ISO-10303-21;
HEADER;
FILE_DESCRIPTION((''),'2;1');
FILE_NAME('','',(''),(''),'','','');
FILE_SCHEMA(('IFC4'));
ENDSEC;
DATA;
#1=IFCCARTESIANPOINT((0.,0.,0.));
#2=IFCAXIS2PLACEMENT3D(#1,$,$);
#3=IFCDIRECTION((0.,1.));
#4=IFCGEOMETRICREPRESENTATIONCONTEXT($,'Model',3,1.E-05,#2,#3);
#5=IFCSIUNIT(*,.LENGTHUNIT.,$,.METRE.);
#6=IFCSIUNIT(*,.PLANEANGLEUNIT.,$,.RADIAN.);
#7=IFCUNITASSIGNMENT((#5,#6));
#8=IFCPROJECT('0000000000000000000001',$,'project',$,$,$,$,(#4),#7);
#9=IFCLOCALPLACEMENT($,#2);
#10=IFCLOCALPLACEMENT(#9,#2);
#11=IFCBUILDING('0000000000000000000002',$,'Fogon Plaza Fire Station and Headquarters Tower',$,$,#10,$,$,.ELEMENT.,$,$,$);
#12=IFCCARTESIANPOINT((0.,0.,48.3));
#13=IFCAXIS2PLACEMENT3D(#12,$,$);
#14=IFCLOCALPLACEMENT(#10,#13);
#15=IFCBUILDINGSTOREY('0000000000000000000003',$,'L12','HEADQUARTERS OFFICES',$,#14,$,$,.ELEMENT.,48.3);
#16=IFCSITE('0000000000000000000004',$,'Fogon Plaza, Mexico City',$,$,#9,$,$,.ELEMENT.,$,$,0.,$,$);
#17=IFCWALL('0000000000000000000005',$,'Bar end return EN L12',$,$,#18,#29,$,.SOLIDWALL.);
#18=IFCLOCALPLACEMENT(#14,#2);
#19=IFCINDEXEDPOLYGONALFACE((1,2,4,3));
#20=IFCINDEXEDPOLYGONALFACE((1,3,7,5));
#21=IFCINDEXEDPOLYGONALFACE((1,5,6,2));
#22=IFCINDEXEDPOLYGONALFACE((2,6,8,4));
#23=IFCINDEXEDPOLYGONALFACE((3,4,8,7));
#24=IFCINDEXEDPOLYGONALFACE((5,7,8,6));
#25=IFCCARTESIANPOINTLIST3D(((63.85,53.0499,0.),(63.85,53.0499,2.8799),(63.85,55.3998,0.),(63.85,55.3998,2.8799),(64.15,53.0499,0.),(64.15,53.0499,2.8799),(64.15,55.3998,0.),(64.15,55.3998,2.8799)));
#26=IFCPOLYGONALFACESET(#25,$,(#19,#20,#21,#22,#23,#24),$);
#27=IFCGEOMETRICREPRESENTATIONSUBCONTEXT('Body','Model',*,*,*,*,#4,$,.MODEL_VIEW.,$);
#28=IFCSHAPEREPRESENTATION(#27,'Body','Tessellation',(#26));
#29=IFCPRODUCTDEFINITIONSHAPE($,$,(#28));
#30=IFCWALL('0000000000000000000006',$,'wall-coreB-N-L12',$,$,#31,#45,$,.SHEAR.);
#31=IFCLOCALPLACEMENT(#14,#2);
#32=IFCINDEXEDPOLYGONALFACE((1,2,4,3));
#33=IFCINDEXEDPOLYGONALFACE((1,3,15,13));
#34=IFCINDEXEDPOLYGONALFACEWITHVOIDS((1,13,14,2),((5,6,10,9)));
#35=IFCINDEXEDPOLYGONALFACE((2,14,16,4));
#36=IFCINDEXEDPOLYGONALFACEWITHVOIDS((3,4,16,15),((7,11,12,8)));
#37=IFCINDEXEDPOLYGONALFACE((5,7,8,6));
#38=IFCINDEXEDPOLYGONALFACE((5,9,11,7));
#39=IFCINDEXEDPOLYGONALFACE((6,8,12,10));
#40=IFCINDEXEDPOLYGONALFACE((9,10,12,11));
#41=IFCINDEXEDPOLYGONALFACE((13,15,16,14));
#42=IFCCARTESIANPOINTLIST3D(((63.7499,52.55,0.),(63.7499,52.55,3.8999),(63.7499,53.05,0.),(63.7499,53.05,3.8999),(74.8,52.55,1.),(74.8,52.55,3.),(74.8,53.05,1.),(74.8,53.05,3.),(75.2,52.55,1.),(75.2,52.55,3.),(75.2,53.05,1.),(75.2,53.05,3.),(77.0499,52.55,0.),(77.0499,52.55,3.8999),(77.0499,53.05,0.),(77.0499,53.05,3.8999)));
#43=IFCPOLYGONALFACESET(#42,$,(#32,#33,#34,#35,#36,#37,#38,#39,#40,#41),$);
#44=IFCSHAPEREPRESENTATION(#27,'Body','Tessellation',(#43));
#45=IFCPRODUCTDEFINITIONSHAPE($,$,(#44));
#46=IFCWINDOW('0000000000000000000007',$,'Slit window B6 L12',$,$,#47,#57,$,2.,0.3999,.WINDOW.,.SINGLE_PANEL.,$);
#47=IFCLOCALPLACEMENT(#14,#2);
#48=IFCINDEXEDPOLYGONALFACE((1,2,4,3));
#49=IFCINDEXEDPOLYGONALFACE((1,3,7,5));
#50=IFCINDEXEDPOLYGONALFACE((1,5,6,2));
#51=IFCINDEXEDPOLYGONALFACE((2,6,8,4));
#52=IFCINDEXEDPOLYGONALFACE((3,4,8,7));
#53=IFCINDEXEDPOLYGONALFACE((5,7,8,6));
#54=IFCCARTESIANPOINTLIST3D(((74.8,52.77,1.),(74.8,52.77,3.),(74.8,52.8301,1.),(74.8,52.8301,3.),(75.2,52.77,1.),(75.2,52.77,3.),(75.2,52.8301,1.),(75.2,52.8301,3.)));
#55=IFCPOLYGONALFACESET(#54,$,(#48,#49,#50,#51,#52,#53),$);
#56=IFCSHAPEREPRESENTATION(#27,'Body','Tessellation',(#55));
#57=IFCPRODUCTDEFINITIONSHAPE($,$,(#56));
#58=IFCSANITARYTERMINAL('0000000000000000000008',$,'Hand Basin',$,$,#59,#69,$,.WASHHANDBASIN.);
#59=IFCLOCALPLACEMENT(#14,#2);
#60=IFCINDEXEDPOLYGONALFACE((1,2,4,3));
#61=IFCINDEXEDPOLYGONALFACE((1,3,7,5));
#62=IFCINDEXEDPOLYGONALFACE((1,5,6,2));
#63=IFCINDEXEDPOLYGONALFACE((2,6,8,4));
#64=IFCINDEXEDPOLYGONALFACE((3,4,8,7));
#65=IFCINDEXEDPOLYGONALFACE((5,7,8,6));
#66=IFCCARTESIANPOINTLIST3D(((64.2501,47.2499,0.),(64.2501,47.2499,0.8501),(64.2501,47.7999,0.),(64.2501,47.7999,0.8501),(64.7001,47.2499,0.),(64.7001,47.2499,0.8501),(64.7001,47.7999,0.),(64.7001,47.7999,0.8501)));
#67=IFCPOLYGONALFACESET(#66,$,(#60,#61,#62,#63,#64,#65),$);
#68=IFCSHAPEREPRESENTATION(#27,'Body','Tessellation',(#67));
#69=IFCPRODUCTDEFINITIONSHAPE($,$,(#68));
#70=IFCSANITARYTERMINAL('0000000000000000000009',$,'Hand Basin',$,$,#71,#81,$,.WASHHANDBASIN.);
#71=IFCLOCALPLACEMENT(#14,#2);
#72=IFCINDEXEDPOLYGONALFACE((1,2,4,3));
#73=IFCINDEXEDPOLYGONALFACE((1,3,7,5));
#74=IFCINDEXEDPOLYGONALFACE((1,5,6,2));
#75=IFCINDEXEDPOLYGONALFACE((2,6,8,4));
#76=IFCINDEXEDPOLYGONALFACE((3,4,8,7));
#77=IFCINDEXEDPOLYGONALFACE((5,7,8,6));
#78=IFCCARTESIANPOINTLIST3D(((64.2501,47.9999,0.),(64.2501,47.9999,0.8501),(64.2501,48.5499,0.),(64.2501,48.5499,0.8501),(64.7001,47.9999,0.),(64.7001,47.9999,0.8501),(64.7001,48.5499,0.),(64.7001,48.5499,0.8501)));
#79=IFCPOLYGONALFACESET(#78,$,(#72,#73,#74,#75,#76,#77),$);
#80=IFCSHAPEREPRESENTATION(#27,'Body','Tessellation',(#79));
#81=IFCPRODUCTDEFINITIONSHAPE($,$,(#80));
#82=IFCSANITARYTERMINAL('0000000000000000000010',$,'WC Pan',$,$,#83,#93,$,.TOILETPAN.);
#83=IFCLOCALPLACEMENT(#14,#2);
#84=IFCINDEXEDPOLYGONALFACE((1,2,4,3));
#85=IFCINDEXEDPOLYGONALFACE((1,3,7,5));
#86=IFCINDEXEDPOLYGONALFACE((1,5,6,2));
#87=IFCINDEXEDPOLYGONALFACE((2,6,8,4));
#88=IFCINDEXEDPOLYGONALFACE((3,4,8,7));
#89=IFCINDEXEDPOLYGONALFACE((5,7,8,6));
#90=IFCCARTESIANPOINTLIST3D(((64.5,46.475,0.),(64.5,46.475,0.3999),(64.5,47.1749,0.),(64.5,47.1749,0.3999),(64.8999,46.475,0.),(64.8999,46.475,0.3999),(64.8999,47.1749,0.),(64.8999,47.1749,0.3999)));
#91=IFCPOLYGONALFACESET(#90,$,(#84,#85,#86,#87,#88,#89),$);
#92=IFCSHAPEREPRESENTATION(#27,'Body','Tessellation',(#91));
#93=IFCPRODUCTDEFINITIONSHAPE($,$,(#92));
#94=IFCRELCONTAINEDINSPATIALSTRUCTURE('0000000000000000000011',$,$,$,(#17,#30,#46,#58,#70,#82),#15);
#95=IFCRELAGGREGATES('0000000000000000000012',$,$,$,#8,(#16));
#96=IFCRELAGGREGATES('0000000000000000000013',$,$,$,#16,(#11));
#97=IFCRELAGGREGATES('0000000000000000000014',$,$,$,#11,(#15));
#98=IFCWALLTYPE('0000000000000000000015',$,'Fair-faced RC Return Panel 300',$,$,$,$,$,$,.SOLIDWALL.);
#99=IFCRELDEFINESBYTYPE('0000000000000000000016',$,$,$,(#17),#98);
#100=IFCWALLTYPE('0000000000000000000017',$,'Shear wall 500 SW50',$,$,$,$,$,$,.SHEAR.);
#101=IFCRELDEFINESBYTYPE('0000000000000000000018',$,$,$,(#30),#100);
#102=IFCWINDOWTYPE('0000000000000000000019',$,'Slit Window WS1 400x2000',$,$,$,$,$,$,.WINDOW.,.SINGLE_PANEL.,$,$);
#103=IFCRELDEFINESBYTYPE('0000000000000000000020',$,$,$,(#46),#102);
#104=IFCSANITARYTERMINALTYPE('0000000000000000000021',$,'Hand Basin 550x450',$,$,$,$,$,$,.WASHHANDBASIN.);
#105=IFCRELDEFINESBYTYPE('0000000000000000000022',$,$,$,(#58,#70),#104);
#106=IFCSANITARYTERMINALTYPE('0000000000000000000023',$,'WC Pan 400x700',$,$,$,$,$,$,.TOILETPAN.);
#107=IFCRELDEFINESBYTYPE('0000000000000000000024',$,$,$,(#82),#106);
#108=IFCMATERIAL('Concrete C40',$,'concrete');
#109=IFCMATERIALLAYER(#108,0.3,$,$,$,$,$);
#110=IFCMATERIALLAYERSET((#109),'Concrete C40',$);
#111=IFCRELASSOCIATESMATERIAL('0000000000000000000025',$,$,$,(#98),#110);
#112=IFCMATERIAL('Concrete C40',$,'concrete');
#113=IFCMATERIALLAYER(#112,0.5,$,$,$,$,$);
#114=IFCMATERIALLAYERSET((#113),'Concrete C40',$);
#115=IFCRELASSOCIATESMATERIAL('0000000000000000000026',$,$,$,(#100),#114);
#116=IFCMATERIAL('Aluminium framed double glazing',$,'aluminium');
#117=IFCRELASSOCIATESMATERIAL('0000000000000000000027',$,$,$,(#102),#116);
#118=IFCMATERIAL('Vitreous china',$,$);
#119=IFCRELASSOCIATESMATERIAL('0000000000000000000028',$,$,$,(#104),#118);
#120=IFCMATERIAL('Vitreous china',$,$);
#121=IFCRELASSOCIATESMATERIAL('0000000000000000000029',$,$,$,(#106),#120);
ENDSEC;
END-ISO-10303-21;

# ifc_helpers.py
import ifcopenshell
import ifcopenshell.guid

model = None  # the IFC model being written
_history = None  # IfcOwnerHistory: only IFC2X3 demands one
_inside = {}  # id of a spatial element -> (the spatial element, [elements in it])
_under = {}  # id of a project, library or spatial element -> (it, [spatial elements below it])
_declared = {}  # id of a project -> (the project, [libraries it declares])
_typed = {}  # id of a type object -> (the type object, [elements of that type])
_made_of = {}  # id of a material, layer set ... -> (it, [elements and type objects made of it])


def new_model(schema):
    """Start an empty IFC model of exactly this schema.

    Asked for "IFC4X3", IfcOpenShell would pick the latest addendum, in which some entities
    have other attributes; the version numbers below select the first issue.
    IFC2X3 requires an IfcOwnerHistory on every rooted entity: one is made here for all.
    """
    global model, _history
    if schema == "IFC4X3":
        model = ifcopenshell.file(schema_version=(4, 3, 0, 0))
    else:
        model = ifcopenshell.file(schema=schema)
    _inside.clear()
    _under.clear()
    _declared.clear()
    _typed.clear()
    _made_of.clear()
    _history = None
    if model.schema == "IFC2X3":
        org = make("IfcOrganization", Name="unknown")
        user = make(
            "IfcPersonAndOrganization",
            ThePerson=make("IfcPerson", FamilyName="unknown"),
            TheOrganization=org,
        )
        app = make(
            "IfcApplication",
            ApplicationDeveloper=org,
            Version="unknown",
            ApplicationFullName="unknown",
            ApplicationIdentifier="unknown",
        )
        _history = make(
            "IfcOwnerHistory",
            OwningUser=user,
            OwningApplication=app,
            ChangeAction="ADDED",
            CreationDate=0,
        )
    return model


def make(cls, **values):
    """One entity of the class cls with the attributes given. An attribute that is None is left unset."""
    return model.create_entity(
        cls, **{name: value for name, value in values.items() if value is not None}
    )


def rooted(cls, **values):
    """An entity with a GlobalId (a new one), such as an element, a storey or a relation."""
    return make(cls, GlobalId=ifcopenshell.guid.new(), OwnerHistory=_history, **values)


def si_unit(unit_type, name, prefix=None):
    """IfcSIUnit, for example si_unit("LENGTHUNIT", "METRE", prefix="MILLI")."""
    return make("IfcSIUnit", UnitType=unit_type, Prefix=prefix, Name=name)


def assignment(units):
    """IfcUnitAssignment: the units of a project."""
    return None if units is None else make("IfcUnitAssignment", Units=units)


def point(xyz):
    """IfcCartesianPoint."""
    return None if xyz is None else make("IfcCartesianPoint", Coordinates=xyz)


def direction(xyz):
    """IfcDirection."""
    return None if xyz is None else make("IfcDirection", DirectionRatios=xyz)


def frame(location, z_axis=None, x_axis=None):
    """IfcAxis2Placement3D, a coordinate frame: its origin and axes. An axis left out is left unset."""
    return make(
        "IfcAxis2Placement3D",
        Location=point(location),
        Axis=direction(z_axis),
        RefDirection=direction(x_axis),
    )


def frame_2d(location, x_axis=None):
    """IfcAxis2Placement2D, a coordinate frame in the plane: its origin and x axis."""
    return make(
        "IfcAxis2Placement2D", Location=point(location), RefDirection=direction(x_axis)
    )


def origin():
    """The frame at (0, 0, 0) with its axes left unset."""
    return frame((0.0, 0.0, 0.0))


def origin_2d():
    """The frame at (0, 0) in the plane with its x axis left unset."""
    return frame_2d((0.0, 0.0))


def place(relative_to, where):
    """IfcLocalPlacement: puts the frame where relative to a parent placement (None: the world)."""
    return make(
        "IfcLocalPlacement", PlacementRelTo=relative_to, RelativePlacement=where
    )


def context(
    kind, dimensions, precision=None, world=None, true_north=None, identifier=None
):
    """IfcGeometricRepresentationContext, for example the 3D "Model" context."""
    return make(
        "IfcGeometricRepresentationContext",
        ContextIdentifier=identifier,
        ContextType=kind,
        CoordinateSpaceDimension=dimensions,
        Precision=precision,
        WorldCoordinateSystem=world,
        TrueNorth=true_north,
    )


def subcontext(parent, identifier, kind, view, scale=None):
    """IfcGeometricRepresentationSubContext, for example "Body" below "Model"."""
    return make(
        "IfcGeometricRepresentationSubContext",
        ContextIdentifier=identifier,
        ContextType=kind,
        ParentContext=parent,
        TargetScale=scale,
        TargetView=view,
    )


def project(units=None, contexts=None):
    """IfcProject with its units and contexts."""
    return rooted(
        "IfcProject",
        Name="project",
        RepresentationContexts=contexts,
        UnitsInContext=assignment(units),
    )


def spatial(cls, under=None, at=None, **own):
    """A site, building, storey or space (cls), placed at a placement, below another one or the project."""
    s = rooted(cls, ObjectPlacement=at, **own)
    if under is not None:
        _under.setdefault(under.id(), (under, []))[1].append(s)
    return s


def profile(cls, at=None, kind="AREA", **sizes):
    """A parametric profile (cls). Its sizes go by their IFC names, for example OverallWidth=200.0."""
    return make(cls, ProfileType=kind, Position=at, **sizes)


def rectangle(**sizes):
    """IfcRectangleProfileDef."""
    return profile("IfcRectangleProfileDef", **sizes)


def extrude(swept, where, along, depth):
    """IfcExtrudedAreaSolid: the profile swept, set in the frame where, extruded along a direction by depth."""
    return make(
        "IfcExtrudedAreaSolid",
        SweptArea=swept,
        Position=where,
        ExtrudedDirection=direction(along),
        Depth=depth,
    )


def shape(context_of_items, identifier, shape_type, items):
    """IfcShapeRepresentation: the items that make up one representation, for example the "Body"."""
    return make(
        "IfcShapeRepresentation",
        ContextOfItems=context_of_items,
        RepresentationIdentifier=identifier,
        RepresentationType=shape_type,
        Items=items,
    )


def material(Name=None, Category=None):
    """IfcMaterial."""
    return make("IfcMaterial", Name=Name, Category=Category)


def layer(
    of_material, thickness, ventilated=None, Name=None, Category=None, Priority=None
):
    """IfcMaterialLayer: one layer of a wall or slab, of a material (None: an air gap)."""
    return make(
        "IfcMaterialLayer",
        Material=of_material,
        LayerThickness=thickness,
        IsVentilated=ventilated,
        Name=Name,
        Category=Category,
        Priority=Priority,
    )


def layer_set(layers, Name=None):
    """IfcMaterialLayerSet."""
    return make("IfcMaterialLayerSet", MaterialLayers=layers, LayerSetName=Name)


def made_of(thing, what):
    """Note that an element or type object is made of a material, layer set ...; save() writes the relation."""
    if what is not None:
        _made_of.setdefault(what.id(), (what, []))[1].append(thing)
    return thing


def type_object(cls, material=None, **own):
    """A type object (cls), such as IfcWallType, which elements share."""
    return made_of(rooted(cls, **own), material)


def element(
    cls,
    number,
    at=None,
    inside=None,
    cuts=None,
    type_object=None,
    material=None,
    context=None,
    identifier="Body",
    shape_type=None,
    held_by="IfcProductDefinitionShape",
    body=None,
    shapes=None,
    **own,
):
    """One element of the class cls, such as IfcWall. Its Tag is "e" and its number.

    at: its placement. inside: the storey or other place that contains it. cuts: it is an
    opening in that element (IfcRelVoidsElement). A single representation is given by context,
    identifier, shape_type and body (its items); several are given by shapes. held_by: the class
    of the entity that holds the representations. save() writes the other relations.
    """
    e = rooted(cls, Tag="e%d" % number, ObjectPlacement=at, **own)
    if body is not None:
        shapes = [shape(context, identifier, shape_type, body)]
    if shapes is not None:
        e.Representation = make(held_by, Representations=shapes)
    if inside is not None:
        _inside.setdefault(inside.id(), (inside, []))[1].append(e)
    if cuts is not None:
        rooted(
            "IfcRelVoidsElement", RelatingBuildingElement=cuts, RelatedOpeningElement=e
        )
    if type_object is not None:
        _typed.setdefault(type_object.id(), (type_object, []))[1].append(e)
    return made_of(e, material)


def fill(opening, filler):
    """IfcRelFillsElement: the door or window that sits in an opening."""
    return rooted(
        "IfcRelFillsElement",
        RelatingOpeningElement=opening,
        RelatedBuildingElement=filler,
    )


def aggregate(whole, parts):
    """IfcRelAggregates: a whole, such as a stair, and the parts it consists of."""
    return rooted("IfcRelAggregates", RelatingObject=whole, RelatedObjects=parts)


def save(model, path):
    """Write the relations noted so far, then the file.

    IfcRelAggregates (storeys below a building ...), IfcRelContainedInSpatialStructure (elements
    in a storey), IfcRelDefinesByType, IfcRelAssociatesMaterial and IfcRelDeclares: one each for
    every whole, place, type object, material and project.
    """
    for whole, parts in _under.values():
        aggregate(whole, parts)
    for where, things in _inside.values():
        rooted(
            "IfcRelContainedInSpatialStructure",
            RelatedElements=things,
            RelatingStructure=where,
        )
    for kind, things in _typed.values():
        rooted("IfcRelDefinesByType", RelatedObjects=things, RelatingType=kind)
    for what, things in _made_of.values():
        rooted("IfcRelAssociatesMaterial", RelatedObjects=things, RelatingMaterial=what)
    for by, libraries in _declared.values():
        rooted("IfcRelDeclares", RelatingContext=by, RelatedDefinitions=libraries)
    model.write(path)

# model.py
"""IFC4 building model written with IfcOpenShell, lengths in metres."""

from ifc_helpers import new_model, si_unit, direction, frame, frame_2d, origin, origin_2d, place, context, subcontext, project, spatial, rectangle, extrude, material, layer, layer_set, type_object, element, fill, save


model = new_model("IFC4")

# Units and contexts
model_context = context("Model", 3, precision=1e-05, world=origin(), true_north=direction((0.0, 1.0)))
body_context = subcontext(model_context, "Body", "Model", "MODEL_VIEW")
ifc_project = project(units=[si_unit("LENGTHUNIT", "METRE"), si_unit("PLANEANGLEUNIT", "RADIAN")], contexts=[model_context])

# Site, building, storey
site_placement = place(None, origin())
site = spatial("IfcSite", under=ifc_project, at=site_placement, Name="Fogon Plaza, Mexico City", CompositionType="ELEMENT", RefElevation=0.0)
building_placement = place(site_placement, origin())
building = spatial("IfcBuilding", under=site, at=building_placement, Name="Fogon Plaza Fire Station and Headquarters Tower", CompositionType="ELEMENT")
storey_placement = place(building_placement, frame((0.0, 0.0, 48.3)))
storey = spatial("IfcBuildingStorey", under=building, at=storey_placement, Name="L12", Description="HEADQUARTERS OFFICES", CompositionType="ELEMENT", Elevation=48.3)

# Wall
ifc_material_1 = material(Name="Concrete C40", Category="concrete")
ifc_layer_1 = layer(ifc_material_1, 0.3)
ifc_layer_set_1 = layer_set([ifc_layer_1], Name="Concrete C40")
wall_type_1 = type_object("IfcWallType", Name="Fair-faced RC Return Panel 300", PredefinedType="SOLIDWALL", material=ifc_layer_set_1)
wall_1_placement = place(storey_placement, frame((64.0, 53.05, 0.0), z_axis=(0.0, 0.0, 1.0), x_axis=(0.0, 1.0, 0.0)))
element("IfcWall", 1, at=wall_1_placement, inside=storey, type_object=wall_type_1, Name="Bar end return EN L12", PredefinedType="SOLIDWALL", context=body_context, shape_type="SweptSolid", body=[
    extrude(rectangle(XDim=2.3499, YDim=0.3, at=frame_2d((1.1748, 0.0))), origin(), (0.0, 0.0, 1.0), 2.8799),
])

# Wall, opening, window
ifc_material_2 = material(Name="Concrete C40", Category="concrete")
ifc_layer_2 = layer(ifc_material_2, 0.5)
ifc_layer_set_2 = layer_set([ifc_layer_2], Name="Concrete C40")
wall_type_2 = type_object("IfcWallType", Name="Shear wall 500 SW50", PredefinedType="SHEAR", material=ifc_layer_set_2)
wall_2_placement = place(storey_placement, frame((63.75, 52.8, 0.0), z_axis=(0.0, 0.0, 1.0), x_axis=(1.0, 0.0, 0.0)))
wall_2 = element("IfcWall", 2, at=wall_2_placement, inside=storey, type_object=wall_type_2, Name="wall-coreB-N-L12", PredefinedType="SHEAR", context=body_context, shape_type="SweptSolid", body=[
    extrude(rectangle(XDim=13.3, YDim=0.5, at=frame_2d((6.6499, 0.0))), origin(), (0.0, 0.0, 1.0), 3.8999),
])
opening_placement = place(wall_2_placement, frame((11.05, 0.0, 1.0)))
opening = element("IfcOpeningElement", 3, at=opening_placement, cuts=wall_2, PredefinedType="OPENING", context=body_context, shape_type="SweptSolid", body=[
    extrude(rectangle(XDim=0.3999, YDim=2.0, at=frame_2d((0.2, 1.0))), frame((0.0, 0.26, 0.0), z_axis=(0.0, -1.0, 0.0), x_axis=(1.0, 0.0, 0.0)), (0.0, 0.0, 1.0), 0.52),
])
ifc_material_3 = material(Name="Aluminium framed double glazing", Category="aluminium")
window_type = type_object("IfcWindowType", Name="Slit Window WS1 400x2000", PartitioningType="SINGLE_PANEL", PredefinedType="WINDOW", material=ifc_material_3)
window_placement = place(opening_placement, origin())
window = element("IfcWindow", 4, at=window_placement, inside=storey, type_object=window_type, Name="Slit window B6 L12", OverallHeight=2.0, OverallWidth=0.3999, PartitioningType="SINGLE_PANEL", PredefinedType="WINDOW", context=body_context, shape_type="SweptSolid", body=[
    extrude(rectangle(XDim=0.3999, YDim=2.0, at=frame_2d((0.2, 1.0))), frame((0.0, 0.03, 0.0), z_axis=(0.0, -1.0, 0.0), x_axis=(1.0, 0.0, 0.0)), (0.0, 0.0, 1.0), 0.0601),
])
fill(opening, window)

# Sanitary terminals
ifc_material_4 = material(Name="Vitreous china")
sanitary_terminal_type_1 = type_object("IfcSanitaryTerminalType", Name="Hand Basin 550x450", PredefinedType="WASHHANDBASIN", material=ifc_material_4)
for number, where, z_axis, x_axis, name in (
    (5, (64.4751, 47.5249, 0.0), (0.0, 0.0, 1.0), (1.0, 0.0, 0.0), "Hand Basin"),
    (6, (64.4751, 48.2749, 0.0), (0.0, 0.0, 1.0), (1.0, 0.0, 0.0), "Hand Basin"),
):
    element("IfcSanitaryTerminal", number, at=place(storey_placement, frame(where, z_axis=z_axis, x_axis=x_axis)), inside=storey, type_object=sanitary_terminal_type_1, Name=name, PredefinedType="WASHHANDBASIN", context=body_context, shape_type="SweptSolid", body=[
        extrude(rectangle(XDim=0.45, YDim=0.55, at=origin_2d()), origin(), (0.0, 0.0, 1.0), 0.8501),
    ])
ifc_material_5 = material(Name="Vitreous china")
sanitary_terminal_type_2 = type_object("IfcSanitaryTerminalType", Name="WC Pan 400x700", PredefinedType="TOILETPAN", material=ifc_material_5)
sanitary_terminal_placement = place(storey_placement, frame((64.7, 46.825, 0.0), z_axis=(0.0, 0.0, 1.0), x_axis=(1.0, 0.0, 0.0)))
element("IfcSanitaryTerminal", 7, at=sanitary_terminal_placement, inside=storey, type_object=sanitary_terminal_type_2, Name="WC Pan", PredefinedType="TOILETPAN", context=body_context, shape_type="SweptSolid", body=[
    extrude(rectangle(XDim=0.3999, YDim=0.7, at=origin_2d()), origin(), (0.0, 0.0, 1.0), 0.3999),
])

save(model, "model.ifc")
